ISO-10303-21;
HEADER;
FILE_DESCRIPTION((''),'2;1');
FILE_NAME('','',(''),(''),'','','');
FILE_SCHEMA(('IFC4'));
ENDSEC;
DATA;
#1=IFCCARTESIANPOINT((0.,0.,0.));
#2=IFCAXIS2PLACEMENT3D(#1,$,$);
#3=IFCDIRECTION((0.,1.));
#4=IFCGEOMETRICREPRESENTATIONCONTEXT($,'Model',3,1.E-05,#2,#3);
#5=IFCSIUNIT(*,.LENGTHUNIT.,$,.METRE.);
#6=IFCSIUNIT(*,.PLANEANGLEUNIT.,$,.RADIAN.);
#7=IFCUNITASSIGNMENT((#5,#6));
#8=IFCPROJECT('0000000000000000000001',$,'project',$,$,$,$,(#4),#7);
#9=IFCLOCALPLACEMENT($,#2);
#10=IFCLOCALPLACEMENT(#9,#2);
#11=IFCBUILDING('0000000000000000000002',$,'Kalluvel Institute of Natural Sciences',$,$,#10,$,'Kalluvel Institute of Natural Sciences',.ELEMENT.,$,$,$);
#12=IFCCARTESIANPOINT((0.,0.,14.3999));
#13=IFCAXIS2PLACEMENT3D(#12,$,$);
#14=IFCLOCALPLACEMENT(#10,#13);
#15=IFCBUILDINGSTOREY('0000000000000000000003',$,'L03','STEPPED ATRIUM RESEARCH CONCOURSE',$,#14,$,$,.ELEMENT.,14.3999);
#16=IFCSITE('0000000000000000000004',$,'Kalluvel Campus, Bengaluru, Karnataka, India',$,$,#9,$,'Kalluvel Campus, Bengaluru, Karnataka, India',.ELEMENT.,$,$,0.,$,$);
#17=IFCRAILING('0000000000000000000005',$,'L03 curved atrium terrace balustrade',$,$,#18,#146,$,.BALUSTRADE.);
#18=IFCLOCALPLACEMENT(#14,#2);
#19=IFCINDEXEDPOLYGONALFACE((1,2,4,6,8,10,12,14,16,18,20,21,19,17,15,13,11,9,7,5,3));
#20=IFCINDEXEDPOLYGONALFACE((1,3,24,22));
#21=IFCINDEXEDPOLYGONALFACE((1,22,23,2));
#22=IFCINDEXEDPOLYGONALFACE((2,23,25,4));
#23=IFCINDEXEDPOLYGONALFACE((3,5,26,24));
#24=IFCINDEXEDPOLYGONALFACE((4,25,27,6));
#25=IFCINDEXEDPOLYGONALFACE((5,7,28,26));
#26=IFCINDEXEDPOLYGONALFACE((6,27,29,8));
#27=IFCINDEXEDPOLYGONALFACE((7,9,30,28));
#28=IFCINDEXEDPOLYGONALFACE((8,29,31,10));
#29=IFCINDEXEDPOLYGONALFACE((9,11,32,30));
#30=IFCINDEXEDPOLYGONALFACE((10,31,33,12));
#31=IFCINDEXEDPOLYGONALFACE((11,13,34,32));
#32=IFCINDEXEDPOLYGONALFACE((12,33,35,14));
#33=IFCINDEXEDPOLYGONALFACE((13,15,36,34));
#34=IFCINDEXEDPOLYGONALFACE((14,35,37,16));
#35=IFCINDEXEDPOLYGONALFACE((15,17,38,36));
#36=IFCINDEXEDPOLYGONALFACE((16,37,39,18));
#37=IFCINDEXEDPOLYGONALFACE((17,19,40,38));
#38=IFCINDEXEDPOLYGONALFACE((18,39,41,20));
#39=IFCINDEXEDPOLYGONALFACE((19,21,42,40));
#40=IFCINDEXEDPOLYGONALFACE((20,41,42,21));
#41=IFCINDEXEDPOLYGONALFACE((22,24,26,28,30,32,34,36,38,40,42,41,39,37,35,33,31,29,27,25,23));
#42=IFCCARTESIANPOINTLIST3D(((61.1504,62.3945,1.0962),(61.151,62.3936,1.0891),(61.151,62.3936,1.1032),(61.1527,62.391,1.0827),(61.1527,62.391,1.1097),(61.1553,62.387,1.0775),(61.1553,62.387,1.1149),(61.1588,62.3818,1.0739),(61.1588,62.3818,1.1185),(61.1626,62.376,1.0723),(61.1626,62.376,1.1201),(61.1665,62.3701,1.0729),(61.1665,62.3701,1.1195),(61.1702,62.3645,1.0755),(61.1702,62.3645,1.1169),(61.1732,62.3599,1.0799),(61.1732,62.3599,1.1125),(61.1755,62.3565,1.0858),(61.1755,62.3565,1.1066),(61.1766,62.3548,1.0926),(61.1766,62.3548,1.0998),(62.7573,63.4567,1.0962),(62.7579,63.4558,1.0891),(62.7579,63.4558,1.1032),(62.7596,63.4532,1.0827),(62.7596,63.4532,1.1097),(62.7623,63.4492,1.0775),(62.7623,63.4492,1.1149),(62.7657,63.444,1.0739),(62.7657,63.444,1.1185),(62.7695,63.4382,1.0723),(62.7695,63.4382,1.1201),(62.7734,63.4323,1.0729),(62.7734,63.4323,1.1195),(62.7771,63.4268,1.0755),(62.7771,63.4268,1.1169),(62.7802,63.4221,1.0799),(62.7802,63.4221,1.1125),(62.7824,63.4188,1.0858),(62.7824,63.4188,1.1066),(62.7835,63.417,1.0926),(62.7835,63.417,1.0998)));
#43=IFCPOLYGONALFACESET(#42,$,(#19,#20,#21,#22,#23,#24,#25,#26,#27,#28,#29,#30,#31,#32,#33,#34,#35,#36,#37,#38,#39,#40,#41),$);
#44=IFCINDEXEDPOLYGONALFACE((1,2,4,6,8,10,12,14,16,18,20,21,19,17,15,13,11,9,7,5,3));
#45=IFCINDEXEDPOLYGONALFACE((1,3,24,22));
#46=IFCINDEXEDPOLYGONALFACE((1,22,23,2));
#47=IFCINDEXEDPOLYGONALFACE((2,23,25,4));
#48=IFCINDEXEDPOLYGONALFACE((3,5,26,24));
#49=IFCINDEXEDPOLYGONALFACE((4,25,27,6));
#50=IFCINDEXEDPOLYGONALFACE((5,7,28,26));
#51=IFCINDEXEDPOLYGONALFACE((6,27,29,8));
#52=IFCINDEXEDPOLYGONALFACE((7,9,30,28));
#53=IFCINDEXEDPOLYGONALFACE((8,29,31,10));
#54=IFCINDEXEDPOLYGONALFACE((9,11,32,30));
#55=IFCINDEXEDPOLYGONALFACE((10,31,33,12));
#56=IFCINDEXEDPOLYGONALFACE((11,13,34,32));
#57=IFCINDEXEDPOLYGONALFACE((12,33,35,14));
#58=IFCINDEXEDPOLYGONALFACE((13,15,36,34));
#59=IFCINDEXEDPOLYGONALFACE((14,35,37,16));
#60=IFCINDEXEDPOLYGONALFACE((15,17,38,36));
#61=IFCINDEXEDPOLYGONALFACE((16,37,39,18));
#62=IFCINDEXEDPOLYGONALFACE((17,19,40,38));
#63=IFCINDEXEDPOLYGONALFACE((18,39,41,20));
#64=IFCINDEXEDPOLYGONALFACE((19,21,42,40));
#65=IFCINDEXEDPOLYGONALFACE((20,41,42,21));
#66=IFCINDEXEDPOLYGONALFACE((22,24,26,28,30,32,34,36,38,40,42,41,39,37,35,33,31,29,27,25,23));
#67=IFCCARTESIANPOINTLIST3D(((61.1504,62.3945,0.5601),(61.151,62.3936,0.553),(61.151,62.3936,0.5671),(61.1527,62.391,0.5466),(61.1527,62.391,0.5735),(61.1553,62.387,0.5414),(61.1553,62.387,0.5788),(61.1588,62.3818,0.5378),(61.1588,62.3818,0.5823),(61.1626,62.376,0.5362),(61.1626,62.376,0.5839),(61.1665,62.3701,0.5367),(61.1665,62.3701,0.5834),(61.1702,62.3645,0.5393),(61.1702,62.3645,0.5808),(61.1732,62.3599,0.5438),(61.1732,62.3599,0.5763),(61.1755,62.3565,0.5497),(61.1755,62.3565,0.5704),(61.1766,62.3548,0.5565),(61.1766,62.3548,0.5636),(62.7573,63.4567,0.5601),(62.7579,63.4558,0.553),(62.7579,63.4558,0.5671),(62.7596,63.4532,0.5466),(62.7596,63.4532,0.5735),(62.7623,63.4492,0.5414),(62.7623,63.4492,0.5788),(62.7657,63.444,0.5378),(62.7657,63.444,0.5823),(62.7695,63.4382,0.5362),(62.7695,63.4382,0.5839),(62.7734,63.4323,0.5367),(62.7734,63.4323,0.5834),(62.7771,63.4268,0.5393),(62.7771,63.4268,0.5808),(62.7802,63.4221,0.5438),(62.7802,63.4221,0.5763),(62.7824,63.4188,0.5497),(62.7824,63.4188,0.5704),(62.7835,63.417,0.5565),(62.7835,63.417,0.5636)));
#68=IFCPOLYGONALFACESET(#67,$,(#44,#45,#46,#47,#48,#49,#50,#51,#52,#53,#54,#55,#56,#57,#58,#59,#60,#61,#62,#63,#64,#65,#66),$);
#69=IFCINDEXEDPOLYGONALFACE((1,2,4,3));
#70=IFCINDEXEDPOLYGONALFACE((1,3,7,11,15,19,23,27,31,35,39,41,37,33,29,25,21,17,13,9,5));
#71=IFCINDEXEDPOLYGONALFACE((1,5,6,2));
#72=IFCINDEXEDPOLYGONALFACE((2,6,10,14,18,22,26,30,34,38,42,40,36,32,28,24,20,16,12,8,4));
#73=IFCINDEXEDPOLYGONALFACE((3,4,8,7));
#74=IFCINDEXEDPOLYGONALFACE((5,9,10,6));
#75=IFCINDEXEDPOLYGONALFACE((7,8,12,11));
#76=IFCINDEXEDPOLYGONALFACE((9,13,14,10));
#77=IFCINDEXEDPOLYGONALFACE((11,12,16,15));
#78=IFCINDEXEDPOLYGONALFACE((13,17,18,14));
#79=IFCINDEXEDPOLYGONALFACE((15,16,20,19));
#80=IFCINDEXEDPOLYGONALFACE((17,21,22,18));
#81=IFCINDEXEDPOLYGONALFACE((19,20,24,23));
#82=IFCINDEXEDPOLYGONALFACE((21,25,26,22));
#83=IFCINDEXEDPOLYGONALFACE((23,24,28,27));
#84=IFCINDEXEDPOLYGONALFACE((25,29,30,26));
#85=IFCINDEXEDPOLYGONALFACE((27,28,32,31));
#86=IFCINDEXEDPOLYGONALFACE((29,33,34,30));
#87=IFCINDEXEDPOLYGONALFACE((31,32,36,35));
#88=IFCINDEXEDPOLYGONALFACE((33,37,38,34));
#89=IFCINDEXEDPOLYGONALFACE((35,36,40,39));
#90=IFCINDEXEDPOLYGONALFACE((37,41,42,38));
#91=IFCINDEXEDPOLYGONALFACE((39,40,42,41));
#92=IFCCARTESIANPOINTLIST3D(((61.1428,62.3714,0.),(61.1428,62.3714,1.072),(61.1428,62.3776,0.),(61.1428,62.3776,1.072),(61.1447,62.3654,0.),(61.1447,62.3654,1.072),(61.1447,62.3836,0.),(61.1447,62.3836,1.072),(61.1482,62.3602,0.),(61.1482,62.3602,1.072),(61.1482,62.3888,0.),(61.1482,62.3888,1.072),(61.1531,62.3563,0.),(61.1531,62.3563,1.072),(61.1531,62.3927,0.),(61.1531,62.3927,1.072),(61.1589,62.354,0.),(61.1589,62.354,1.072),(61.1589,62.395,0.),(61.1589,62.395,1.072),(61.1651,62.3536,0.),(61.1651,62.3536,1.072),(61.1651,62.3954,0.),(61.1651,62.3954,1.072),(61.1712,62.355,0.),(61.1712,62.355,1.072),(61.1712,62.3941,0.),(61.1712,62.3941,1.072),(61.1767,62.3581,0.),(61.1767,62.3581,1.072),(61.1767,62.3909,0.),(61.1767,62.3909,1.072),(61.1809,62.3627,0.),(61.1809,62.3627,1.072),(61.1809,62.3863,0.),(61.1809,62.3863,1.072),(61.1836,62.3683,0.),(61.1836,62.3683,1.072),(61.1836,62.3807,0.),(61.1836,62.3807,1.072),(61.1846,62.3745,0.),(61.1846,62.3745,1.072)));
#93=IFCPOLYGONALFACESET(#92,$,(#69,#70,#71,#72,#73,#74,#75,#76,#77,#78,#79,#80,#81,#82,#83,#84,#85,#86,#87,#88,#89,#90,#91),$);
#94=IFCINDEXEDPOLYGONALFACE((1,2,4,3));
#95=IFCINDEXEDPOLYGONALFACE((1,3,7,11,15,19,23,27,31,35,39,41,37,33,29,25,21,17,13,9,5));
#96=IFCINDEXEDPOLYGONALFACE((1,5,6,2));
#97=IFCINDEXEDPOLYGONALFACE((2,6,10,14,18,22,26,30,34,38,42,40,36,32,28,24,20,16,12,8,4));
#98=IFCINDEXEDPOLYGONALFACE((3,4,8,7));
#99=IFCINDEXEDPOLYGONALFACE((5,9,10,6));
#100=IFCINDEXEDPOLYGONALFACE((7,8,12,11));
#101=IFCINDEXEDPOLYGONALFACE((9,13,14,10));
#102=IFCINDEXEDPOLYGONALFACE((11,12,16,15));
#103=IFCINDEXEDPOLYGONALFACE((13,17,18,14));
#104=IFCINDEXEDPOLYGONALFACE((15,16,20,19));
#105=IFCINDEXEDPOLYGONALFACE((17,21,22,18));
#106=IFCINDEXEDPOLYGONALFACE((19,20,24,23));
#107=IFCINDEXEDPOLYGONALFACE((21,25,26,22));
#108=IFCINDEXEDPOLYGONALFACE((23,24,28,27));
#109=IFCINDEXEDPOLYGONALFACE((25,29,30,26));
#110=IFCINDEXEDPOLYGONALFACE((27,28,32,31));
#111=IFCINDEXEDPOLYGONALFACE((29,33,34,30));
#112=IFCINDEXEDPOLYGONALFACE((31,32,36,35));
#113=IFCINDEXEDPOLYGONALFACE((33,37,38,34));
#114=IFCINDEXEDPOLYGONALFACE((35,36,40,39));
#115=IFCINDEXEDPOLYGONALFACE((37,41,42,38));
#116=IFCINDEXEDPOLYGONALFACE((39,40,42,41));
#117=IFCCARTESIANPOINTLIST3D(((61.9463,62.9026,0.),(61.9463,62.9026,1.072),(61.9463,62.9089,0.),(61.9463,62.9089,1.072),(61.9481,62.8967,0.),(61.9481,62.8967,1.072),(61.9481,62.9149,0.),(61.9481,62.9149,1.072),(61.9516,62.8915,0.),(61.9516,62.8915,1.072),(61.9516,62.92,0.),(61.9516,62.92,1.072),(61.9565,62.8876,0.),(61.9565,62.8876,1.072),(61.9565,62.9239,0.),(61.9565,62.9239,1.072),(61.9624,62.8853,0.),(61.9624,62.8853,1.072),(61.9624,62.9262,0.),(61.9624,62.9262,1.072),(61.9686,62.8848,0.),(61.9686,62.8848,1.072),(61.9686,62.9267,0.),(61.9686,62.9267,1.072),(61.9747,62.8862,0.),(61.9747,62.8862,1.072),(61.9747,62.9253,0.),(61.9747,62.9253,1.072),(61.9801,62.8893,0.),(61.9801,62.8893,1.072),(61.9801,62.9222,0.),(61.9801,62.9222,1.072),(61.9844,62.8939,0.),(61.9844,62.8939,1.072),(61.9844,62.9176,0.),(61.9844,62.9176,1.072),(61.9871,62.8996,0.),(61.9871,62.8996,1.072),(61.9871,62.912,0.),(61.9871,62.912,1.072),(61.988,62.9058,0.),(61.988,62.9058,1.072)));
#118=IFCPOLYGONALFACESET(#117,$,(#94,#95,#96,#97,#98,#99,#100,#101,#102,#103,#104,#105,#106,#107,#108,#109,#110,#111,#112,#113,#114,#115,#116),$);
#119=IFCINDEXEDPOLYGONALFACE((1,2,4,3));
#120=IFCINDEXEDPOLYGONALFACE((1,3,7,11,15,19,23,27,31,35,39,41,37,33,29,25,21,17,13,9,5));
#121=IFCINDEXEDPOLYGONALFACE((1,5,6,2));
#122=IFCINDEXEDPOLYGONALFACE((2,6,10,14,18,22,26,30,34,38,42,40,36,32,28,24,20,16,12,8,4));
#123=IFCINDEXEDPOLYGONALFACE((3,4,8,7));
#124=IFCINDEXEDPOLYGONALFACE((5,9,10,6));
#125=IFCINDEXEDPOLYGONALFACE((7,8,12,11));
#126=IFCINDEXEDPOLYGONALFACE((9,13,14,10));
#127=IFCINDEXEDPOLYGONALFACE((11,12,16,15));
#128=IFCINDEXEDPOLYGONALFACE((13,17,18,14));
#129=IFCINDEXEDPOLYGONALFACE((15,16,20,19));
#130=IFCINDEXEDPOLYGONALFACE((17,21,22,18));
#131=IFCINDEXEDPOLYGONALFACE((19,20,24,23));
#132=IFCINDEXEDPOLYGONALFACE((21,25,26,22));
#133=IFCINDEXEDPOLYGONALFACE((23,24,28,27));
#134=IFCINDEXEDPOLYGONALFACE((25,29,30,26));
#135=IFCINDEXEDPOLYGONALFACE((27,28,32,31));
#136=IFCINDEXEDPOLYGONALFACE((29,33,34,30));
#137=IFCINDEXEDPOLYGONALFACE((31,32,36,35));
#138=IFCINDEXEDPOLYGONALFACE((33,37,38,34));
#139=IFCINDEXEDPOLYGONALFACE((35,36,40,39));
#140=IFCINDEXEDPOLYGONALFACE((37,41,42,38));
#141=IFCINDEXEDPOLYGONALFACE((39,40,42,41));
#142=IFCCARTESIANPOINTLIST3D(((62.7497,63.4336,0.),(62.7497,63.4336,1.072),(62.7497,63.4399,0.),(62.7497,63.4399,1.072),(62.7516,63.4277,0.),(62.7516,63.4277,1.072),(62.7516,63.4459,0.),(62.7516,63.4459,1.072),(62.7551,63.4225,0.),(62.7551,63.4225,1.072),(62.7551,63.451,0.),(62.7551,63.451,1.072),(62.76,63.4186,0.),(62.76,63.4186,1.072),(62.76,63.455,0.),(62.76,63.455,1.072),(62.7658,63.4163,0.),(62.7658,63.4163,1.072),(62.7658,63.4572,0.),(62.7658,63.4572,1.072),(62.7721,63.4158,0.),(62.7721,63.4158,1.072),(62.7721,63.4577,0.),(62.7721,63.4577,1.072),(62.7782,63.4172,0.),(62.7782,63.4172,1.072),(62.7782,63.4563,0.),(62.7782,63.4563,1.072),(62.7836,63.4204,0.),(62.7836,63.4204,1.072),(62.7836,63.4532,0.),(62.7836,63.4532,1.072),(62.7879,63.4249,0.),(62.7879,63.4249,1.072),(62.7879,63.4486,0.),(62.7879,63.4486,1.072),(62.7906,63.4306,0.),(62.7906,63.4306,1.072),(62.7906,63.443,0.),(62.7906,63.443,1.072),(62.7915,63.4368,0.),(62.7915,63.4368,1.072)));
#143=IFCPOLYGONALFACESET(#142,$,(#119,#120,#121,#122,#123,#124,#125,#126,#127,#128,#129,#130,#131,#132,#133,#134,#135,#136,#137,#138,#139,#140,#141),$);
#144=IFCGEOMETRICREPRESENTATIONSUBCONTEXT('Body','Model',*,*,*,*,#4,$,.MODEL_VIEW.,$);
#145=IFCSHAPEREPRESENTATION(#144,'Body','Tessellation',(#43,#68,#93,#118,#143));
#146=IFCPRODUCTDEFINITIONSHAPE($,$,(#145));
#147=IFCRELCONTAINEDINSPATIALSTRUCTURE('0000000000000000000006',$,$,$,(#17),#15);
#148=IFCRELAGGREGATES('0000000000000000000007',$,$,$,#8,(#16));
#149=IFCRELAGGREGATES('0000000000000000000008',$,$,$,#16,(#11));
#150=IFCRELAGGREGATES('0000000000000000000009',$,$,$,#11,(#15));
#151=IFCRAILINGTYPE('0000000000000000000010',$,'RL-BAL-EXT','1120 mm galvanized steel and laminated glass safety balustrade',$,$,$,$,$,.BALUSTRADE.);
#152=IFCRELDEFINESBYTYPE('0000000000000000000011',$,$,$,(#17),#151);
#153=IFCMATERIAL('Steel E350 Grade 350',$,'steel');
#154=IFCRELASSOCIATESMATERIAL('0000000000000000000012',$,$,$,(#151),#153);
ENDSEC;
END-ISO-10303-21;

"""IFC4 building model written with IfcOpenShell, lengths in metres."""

from ifc_helpers import new_model, si_unit, direction, frame, origin, origin_2d, place, context, subcontext, project, spatial, circle, extrude, material, type_object, element, save


model = new_model("IFC4")

# Units and contexts
model_context = context("Model", 3, precision=1e-05, world=origin(), true_north=direction((0.0, 1.0)))
body_context = subcontext(model_context, "Body", "Model", "MODEL_VIEW")
ifc_project = project(units=[si_unit("LENGTHUNIT", "METRE"), si_unit("PLANEANGLEUNIT", "RADIAN")], contexts=[model_context])

# Site, building, storey
site_placement = place(None, origin())
site = spatial("IfcSite", under=ifc_project, at=site_placement, Name="Kalluvel Campus, Bengaluru, Karnataka, India", LongName="Kalluvel Campus, Bengaluru, Karnataka, India", CompositionType="ELEMENT", RefElevation=0.0)
building_placement = place(site_placement, origin())
building = spatial("IfcBuilding", under=site, at=building_placement, Name="Kalluvel Institute of Natural Sciences", LongName="Kalluvel Institute of Natural Sciences", CompositionType="ELEMENT")
storey_placement = place(building_placement, frame((0.0, 0.0, 14.3999)))
storey = spatial("IfcBuildingStorey", under=building, at=storey_placement, Name="L03", Description="STEPPED ATRIUM RESEARCH CONCOURSE", CompositionType="ELEMENT", Elevation=14.3999)

# Railing
ifc_material_1 = material(Name="Steel E350 Grade 350", Category="steel")
railing_type = type_object("IfcRailingType", Name="RL-BAL-EXT", Description="1120 mm galvanized steel and laminated glass safety balustrade", PredefinedType="BALUSTRADE", material=ifc_material_1)
railing_1_placement = place(storey_placement, frame((61.1636, 62.3745, 0.0)))
element("IfcRailing", 1, at=railing_1_placement, inside=storey, type_object=railing_type, Name="L03 curved atrium terrace balustrade", PredefinedType="BALUSTRADE", context=body_context, shape_type="SweptSolid", body=[
    extrude(circle(Radius=0.0239, at=origin_2d()), frame((0.0, 0.0, 1.0962), z_axis=(0.834208, 0.551449, 0.0), x_axis=(-0.551449, 0.834208, 0.0)), (0.0, 0.0, 1.0), 1.9263),
    extrude(circle(Radius=0.0239, at=origin_2d()), frame((0.0, 0.0, 0.5601), z_axis=(0.834208, 0.551449, 0.0), x_axis=(-0.551449, 0.834208, 0.0)), (0.0, 0.0, 1.0), 1.9263),
    extrude(circle(Radius=0.021, at=origin_2d()), origin(), (0.0, 0.0, 1.0), 1.072),
    extrude(circle(Radius=0.021, at=origin_2d()), frame((0.8035, 0.5312, 0.0)), (0.0, 0.0, 1.0), 1.072),
    extrude(circle(Radius=0.021, at=origin_2d()), frame((1.6069, 1.0623, 0.0)), (0.0, 0.0, 1.0), 1.072),
])

save(model, "model.ifc")
